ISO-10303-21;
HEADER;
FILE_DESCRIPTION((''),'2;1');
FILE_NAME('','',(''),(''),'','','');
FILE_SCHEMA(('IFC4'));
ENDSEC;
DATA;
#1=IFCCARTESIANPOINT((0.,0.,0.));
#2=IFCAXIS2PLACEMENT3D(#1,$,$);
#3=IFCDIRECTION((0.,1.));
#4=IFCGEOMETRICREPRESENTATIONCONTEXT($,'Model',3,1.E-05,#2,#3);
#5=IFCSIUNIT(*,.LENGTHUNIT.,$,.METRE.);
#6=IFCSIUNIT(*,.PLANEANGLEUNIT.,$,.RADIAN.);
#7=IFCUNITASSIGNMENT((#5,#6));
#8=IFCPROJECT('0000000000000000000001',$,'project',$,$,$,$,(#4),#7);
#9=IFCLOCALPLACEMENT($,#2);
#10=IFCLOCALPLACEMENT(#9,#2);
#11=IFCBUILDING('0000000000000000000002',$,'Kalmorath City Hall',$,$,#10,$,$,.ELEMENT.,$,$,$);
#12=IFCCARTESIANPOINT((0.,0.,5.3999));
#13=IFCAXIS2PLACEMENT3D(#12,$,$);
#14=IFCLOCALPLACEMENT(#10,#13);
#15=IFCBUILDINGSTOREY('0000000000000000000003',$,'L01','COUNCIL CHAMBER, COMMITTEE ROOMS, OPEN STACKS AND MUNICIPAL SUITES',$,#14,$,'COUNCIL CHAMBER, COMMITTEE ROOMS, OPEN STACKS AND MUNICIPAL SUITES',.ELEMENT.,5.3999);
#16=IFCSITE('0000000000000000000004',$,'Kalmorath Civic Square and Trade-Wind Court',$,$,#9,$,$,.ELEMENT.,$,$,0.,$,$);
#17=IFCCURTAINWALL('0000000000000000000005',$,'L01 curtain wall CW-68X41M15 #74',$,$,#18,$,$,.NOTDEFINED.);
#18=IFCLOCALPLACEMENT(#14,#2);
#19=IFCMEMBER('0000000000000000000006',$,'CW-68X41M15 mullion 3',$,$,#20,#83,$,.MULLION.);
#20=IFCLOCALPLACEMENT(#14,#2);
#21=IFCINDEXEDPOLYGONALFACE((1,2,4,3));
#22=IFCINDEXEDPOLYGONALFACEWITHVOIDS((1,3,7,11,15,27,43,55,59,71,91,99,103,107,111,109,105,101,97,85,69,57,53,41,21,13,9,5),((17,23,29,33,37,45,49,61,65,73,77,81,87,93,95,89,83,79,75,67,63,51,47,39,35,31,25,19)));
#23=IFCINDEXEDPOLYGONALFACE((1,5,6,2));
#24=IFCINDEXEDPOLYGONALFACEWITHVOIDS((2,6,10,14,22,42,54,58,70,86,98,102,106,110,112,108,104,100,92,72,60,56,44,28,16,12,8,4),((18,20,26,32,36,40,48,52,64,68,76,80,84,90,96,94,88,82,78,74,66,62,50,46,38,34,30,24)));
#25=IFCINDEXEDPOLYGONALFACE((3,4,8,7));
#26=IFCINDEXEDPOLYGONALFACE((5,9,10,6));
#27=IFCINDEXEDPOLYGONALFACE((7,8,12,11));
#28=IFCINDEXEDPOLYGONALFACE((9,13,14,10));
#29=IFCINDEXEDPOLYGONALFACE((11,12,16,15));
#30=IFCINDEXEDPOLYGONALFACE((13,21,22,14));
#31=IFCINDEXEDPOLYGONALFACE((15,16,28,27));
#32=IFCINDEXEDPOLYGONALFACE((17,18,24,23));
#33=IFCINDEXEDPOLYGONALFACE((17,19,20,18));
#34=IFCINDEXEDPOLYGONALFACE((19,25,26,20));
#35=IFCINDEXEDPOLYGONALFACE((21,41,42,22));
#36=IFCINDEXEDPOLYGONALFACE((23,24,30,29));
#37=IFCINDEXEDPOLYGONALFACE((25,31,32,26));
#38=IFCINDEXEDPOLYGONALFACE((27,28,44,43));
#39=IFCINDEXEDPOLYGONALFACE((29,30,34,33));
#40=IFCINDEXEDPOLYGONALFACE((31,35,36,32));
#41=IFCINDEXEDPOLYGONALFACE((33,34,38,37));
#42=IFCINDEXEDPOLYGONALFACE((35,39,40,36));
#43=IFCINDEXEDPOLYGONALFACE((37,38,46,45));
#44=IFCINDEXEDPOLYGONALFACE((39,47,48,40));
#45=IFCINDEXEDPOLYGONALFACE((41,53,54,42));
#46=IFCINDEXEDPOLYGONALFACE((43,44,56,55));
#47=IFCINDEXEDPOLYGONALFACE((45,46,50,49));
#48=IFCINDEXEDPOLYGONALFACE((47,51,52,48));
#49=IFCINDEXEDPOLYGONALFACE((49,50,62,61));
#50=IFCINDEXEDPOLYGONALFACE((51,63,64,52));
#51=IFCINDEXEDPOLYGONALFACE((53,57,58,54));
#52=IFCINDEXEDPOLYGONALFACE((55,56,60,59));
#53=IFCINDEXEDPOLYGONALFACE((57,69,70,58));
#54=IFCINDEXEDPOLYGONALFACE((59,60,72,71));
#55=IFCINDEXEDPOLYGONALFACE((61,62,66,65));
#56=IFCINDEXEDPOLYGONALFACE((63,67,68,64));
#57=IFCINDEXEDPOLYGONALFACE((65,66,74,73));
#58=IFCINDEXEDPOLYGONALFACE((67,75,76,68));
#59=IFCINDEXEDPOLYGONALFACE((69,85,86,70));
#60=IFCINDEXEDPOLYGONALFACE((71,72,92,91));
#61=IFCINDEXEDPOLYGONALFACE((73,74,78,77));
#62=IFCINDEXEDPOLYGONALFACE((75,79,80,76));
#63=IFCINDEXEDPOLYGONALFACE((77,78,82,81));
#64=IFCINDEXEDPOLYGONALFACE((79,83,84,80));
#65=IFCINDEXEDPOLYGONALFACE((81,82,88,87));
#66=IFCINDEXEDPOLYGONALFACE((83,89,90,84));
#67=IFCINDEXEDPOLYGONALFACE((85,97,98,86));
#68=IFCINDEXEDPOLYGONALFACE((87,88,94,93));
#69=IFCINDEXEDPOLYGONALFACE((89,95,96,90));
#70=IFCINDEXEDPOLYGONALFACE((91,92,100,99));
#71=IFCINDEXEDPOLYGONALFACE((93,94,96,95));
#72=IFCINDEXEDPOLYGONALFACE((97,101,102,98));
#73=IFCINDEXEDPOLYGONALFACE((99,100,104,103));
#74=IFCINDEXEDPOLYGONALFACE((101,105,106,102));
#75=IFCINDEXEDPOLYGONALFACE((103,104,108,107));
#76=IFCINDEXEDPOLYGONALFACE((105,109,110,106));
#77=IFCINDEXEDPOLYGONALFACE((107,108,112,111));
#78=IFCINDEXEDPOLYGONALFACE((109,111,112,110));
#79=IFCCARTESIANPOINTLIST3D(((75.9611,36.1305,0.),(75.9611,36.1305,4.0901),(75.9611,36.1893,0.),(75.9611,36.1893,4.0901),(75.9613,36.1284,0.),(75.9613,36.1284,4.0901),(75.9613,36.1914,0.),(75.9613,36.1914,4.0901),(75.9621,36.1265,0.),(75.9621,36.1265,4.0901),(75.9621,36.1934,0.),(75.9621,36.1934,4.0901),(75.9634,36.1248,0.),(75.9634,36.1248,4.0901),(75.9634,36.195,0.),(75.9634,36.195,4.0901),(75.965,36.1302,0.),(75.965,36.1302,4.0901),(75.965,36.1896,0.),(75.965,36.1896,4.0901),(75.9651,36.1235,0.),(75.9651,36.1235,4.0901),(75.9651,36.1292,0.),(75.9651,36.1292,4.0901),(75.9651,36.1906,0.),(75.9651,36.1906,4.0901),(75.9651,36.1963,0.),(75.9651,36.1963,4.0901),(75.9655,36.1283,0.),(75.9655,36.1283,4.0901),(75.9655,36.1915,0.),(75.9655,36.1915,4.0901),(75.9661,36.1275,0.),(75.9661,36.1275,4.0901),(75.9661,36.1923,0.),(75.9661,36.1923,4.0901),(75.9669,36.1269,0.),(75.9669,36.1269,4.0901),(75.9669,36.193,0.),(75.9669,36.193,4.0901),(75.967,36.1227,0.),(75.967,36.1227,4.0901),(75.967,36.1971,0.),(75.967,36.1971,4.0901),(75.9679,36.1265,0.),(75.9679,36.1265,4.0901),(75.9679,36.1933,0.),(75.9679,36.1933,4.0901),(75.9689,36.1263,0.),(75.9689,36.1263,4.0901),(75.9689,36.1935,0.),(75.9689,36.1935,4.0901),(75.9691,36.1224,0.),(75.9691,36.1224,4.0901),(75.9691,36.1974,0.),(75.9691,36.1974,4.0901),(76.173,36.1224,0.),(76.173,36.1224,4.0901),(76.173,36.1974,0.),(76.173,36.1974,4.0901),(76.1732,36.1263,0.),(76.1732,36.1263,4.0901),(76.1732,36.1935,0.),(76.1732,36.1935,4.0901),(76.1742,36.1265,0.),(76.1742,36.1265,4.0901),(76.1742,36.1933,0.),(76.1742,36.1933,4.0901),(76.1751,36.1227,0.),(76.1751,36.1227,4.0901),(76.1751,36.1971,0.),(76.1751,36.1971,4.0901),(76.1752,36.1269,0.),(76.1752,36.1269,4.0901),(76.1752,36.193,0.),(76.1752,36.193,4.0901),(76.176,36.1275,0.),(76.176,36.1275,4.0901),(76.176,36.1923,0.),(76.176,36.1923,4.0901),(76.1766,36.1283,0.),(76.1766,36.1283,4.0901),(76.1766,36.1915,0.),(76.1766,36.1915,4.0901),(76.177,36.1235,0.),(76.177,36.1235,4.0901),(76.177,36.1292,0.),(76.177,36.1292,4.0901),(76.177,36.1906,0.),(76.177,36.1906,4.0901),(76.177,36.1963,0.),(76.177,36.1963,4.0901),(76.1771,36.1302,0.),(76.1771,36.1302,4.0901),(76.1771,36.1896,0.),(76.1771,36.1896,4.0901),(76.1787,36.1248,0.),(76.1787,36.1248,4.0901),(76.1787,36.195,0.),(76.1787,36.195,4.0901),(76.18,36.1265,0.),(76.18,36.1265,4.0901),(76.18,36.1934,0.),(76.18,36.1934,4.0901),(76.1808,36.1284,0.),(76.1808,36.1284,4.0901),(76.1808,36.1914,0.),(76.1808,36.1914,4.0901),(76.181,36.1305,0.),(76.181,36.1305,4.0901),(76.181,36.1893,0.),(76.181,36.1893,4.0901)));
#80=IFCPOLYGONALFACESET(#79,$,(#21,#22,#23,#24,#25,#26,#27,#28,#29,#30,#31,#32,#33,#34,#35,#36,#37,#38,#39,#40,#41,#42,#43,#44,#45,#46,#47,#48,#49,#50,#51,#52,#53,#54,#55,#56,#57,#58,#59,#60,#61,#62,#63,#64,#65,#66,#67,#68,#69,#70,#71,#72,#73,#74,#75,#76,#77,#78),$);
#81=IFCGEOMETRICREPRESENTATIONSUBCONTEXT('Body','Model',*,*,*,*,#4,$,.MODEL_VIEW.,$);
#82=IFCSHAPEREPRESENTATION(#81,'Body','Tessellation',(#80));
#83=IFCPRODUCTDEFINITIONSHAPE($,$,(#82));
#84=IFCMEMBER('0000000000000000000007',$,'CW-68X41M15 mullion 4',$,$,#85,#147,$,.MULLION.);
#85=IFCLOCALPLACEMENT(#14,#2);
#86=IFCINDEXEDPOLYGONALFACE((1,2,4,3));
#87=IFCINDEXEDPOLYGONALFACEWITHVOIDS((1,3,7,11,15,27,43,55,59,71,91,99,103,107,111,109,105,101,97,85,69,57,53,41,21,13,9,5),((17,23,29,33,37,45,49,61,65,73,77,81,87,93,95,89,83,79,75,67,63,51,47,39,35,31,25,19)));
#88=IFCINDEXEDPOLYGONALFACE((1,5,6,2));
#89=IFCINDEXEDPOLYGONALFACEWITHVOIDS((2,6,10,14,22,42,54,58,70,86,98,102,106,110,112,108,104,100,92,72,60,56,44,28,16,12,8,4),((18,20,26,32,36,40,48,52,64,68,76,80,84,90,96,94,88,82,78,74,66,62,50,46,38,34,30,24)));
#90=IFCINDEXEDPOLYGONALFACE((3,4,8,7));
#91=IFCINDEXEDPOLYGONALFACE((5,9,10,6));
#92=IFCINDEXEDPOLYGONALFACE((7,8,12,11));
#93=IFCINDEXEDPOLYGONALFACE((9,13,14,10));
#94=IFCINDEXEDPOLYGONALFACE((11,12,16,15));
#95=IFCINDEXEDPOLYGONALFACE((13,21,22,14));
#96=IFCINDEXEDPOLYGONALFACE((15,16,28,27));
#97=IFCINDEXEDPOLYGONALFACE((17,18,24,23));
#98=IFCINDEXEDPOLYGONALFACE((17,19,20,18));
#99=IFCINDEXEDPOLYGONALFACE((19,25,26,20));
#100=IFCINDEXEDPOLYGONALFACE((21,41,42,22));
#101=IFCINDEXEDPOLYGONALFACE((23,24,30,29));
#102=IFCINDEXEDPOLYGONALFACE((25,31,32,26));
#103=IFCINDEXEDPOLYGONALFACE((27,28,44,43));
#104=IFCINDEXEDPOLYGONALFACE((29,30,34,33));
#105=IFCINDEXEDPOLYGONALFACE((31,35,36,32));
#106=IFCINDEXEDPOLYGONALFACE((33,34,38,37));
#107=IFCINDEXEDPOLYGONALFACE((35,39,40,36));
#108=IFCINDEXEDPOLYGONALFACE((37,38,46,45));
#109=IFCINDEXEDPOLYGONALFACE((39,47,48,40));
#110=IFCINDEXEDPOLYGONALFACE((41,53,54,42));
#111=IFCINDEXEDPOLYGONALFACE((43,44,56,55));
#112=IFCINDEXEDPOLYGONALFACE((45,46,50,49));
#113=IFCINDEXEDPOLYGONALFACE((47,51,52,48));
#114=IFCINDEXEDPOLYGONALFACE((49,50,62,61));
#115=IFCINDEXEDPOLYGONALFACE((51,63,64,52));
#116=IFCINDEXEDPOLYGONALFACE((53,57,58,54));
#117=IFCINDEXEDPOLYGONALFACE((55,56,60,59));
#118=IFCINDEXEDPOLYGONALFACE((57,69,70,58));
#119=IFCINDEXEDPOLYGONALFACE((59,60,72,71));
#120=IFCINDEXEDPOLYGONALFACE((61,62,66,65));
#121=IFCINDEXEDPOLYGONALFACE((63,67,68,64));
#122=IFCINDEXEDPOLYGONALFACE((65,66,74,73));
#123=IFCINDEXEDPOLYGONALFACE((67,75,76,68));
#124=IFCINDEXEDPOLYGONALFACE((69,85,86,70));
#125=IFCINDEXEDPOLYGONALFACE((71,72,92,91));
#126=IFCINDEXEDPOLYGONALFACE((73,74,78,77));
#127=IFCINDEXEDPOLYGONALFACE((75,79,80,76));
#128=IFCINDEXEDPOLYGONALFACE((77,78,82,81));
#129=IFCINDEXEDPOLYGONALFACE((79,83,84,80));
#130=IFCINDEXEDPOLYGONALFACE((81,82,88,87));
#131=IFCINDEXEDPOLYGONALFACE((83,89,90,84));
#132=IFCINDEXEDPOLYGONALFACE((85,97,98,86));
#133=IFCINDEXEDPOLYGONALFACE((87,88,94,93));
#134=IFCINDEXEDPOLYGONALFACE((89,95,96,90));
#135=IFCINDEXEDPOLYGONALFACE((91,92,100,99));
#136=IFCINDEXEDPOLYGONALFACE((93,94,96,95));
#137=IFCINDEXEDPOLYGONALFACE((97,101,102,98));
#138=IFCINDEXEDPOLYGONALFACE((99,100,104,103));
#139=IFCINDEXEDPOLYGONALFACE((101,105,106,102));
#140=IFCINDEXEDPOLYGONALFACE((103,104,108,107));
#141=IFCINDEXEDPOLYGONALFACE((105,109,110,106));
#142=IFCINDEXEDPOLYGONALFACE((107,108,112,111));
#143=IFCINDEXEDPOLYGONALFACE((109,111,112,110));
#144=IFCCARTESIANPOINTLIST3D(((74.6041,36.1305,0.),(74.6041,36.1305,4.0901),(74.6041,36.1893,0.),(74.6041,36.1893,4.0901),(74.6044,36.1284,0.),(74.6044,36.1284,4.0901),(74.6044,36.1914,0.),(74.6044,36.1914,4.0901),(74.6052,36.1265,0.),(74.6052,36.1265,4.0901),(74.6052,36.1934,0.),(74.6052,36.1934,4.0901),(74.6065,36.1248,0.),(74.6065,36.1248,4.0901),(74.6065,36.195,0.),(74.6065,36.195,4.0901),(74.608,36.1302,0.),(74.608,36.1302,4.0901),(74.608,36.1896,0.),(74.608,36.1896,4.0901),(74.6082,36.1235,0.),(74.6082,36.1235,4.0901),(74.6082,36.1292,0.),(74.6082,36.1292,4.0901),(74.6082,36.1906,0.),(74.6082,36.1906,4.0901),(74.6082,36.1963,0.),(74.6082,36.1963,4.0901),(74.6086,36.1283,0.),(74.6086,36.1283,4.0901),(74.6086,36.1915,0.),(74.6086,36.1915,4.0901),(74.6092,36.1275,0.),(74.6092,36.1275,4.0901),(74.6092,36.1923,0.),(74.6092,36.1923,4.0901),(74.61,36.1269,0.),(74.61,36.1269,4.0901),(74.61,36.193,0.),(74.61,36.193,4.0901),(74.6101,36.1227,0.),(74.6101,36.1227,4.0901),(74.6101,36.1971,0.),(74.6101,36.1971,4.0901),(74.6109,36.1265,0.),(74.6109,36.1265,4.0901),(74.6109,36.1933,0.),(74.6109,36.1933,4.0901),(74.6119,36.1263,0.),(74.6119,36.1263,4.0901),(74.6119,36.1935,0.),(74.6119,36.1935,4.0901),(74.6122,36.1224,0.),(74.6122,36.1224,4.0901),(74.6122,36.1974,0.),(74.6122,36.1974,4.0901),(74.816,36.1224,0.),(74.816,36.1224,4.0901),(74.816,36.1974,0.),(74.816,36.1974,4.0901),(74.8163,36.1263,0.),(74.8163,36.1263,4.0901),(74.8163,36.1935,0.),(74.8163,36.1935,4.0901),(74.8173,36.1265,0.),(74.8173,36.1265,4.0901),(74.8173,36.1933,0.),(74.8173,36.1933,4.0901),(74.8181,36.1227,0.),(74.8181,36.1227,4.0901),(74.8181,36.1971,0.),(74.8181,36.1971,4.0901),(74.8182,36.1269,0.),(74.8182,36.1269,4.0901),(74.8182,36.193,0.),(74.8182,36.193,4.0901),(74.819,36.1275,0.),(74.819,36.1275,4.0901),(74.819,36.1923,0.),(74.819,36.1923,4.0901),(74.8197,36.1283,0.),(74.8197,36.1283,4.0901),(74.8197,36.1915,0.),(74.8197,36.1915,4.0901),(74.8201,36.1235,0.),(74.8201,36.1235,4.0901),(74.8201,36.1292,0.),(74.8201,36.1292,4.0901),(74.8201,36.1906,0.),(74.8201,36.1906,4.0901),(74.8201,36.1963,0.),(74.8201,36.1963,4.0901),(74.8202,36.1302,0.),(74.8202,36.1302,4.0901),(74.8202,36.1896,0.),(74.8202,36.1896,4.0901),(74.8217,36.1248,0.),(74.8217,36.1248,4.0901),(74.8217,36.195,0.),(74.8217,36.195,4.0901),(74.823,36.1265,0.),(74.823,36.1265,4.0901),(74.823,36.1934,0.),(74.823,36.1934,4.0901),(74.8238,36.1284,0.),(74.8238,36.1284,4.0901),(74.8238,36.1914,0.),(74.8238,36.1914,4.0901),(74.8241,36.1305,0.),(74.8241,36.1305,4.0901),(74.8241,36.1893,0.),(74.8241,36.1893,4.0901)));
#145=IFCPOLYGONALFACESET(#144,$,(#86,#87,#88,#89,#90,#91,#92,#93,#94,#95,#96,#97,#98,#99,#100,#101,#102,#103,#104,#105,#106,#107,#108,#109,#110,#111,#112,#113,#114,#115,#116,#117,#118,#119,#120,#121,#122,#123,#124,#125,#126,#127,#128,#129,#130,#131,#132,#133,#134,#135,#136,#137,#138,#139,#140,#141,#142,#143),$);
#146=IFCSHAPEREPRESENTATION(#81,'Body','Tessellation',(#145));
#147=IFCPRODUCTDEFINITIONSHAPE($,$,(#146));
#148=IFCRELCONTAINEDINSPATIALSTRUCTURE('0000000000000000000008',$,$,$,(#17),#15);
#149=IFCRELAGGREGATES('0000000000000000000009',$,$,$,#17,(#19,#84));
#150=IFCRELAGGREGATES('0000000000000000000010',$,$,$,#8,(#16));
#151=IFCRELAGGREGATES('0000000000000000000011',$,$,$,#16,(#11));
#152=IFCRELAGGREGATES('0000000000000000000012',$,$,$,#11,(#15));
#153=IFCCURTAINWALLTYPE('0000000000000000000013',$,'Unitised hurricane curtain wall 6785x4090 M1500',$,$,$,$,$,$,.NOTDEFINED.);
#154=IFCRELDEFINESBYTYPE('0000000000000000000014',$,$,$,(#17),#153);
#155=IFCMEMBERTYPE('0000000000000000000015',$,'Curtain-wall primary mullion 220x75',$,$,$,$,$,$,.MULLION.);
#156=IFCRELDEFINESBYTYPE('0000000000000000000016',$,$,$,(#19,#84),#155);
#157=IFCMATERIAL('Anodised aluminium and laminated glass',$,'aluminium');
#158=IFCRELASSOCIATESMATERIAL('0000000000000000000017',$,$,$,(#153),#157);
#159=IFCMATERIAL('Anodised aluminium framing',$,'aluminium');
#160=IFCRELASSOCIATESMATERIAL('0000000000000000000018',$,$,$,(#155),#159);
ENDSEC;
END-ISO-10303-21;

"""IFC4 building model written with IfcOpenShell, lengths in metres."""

from ifc_helpers import new_model, si_unit, direction, frame, origin, origin_2d, place, context, subcontext, project, spatial, hollow_rectangle, extrude, material, material_profile, profile_set, type_object, element, aggregate, save


model = new_model("IFC4")

# Units and contexts
model_context = context("Model", 3, precision=1e-05, world=origin(), true_north=direction((0.0, 1.0)))
body_context = subcontext(model_context, "Body", "Model", "MODEL_VIEW")
ifc_project = project(units=[si_unit("LENGTHUNIT", "METRE"), si_unit("PLANEANGLEUNIT", "RADIAN")], contexts=[model_context])

# Site, building, storey
site_placement = place(None, origin())
site = spatial("IfcSite", under=ifc_project, at=site_placement, Name="Kalmorath Civic Square and Trade-Wind Court", CompositionType="ELEMENT", RefElevation=0.0)
building_placement = place(site_placement, origin())
building = spatial("IfcBuilding", under=site, at=building_placement, Name="Kalmorath City Hall", CompositionType="ELEMENT")
storey_placement = place(building_placement, frame((0.0, 0.0, 5.3999)))
storey = spatial("IfcBuildingStorey", under=building, at=storey_placement, Name="L01", Description="COUNCIL CHAMBER, COMMITTEE ROOMS, OPEN STACKS AND MUNICIPAL SUITES", LongName="COUNCIL CHAMBER, COMMITTEE ROOMS, OPEN STACKS AND MUNICIPAL SUITES", CompositionType="ELEMENT", Elevation=5.3999)

# Curtain wall, members
ifc_material_1 = material(Name="Anodised aluminium and laminated glass", Category="aluminium")
curtain_wall_type = type_object("IfcCurtainWallType", Name="Unitised hurricane curtain wall 6785x4090 M1500", PredefinedType="NOTDEFINED", material=ifc_material_1)
curtain_wall_placement = place(storey_placement, origin())
curtain_wall = element("IfcCurtainWall", 1, at=curtain_wall_placement, inside=storey, type_object=curtain_wall_type, Name="L01 curtain wall CW-68X41M15 #74", PredefinedType="NOTDEFINED")
ifc_material_2 = material(Name="Anodised aluminium framing", Category="aluminium")
ifc_material_profile_1 = material_profile(ifc_material_2, hollow_rectangle(XDim=0.075, YDim=0.22, WallThickness=0.0039, InnerFilletRadius=0.0039, OuterFilletRadius=0.0081, at=origin_2d()), Name="ALU-MUL-220X75X4")
ifc_profile_set_1 = profile_set([ifc_material_profile_1], Name="Anodised aluminium framing")
member_type_1 = type_object("IfcMemberType", Name="Curtain-wall primary mullion 220x75", PredefinedType="MULLION", material=ifc_profile_set_1)
member_1_placement = place(storey_placement, frame((76.071, 36.1599, 0.0), z_axis=(0.0, 0.0, 1.0), x_axis=(0.0, -1.0, 0.0)))
member_1 = element("IfcMember", 2, at=member_1_placement, type_object=member_type_1, Name="CW-68X41M15 mullion 3", PredefinedType="MULLION", context=body_context, shape_type="SweptSolid", body=[
    extrude(hollow_rectangle(XDim=0.075, YDim=0.22, WallThickness=0.0039, InnerFilletRadius=0.0039, OuterFilletRadius=0.0081, at=origin_2d()), origin(), (0.0, 0.0, 1.0), 4.0901),
])
member_2_placement = place(storey_placement, frame((74.7141, 36.1599, 0.0), z_axis=(0.0, 0.0, 1.0), x_axis=(0.0, -1.0, 0.0)))
member_2 = element("IfcMember", 3, at=member_2_placement, type_object=member_type_1, Name="CW-68X41M15 mullion 4", PredefinedType="MULLION", context=body_context, shape_type="SweptSolid", body=[
    extrude(hollow_rectangle(XDim=0.075, YDim=0.22, WallThickness=0.0039, InnerFilletRadius=0.0039, OuterFilletRadius=0.0081, at=origin_2d()), origin(), (0.0, 0.0, 1.0), 4.0901),
])
aggregate(curtain_wall, [member_1, member_2])

save(model, "model.ifc")
